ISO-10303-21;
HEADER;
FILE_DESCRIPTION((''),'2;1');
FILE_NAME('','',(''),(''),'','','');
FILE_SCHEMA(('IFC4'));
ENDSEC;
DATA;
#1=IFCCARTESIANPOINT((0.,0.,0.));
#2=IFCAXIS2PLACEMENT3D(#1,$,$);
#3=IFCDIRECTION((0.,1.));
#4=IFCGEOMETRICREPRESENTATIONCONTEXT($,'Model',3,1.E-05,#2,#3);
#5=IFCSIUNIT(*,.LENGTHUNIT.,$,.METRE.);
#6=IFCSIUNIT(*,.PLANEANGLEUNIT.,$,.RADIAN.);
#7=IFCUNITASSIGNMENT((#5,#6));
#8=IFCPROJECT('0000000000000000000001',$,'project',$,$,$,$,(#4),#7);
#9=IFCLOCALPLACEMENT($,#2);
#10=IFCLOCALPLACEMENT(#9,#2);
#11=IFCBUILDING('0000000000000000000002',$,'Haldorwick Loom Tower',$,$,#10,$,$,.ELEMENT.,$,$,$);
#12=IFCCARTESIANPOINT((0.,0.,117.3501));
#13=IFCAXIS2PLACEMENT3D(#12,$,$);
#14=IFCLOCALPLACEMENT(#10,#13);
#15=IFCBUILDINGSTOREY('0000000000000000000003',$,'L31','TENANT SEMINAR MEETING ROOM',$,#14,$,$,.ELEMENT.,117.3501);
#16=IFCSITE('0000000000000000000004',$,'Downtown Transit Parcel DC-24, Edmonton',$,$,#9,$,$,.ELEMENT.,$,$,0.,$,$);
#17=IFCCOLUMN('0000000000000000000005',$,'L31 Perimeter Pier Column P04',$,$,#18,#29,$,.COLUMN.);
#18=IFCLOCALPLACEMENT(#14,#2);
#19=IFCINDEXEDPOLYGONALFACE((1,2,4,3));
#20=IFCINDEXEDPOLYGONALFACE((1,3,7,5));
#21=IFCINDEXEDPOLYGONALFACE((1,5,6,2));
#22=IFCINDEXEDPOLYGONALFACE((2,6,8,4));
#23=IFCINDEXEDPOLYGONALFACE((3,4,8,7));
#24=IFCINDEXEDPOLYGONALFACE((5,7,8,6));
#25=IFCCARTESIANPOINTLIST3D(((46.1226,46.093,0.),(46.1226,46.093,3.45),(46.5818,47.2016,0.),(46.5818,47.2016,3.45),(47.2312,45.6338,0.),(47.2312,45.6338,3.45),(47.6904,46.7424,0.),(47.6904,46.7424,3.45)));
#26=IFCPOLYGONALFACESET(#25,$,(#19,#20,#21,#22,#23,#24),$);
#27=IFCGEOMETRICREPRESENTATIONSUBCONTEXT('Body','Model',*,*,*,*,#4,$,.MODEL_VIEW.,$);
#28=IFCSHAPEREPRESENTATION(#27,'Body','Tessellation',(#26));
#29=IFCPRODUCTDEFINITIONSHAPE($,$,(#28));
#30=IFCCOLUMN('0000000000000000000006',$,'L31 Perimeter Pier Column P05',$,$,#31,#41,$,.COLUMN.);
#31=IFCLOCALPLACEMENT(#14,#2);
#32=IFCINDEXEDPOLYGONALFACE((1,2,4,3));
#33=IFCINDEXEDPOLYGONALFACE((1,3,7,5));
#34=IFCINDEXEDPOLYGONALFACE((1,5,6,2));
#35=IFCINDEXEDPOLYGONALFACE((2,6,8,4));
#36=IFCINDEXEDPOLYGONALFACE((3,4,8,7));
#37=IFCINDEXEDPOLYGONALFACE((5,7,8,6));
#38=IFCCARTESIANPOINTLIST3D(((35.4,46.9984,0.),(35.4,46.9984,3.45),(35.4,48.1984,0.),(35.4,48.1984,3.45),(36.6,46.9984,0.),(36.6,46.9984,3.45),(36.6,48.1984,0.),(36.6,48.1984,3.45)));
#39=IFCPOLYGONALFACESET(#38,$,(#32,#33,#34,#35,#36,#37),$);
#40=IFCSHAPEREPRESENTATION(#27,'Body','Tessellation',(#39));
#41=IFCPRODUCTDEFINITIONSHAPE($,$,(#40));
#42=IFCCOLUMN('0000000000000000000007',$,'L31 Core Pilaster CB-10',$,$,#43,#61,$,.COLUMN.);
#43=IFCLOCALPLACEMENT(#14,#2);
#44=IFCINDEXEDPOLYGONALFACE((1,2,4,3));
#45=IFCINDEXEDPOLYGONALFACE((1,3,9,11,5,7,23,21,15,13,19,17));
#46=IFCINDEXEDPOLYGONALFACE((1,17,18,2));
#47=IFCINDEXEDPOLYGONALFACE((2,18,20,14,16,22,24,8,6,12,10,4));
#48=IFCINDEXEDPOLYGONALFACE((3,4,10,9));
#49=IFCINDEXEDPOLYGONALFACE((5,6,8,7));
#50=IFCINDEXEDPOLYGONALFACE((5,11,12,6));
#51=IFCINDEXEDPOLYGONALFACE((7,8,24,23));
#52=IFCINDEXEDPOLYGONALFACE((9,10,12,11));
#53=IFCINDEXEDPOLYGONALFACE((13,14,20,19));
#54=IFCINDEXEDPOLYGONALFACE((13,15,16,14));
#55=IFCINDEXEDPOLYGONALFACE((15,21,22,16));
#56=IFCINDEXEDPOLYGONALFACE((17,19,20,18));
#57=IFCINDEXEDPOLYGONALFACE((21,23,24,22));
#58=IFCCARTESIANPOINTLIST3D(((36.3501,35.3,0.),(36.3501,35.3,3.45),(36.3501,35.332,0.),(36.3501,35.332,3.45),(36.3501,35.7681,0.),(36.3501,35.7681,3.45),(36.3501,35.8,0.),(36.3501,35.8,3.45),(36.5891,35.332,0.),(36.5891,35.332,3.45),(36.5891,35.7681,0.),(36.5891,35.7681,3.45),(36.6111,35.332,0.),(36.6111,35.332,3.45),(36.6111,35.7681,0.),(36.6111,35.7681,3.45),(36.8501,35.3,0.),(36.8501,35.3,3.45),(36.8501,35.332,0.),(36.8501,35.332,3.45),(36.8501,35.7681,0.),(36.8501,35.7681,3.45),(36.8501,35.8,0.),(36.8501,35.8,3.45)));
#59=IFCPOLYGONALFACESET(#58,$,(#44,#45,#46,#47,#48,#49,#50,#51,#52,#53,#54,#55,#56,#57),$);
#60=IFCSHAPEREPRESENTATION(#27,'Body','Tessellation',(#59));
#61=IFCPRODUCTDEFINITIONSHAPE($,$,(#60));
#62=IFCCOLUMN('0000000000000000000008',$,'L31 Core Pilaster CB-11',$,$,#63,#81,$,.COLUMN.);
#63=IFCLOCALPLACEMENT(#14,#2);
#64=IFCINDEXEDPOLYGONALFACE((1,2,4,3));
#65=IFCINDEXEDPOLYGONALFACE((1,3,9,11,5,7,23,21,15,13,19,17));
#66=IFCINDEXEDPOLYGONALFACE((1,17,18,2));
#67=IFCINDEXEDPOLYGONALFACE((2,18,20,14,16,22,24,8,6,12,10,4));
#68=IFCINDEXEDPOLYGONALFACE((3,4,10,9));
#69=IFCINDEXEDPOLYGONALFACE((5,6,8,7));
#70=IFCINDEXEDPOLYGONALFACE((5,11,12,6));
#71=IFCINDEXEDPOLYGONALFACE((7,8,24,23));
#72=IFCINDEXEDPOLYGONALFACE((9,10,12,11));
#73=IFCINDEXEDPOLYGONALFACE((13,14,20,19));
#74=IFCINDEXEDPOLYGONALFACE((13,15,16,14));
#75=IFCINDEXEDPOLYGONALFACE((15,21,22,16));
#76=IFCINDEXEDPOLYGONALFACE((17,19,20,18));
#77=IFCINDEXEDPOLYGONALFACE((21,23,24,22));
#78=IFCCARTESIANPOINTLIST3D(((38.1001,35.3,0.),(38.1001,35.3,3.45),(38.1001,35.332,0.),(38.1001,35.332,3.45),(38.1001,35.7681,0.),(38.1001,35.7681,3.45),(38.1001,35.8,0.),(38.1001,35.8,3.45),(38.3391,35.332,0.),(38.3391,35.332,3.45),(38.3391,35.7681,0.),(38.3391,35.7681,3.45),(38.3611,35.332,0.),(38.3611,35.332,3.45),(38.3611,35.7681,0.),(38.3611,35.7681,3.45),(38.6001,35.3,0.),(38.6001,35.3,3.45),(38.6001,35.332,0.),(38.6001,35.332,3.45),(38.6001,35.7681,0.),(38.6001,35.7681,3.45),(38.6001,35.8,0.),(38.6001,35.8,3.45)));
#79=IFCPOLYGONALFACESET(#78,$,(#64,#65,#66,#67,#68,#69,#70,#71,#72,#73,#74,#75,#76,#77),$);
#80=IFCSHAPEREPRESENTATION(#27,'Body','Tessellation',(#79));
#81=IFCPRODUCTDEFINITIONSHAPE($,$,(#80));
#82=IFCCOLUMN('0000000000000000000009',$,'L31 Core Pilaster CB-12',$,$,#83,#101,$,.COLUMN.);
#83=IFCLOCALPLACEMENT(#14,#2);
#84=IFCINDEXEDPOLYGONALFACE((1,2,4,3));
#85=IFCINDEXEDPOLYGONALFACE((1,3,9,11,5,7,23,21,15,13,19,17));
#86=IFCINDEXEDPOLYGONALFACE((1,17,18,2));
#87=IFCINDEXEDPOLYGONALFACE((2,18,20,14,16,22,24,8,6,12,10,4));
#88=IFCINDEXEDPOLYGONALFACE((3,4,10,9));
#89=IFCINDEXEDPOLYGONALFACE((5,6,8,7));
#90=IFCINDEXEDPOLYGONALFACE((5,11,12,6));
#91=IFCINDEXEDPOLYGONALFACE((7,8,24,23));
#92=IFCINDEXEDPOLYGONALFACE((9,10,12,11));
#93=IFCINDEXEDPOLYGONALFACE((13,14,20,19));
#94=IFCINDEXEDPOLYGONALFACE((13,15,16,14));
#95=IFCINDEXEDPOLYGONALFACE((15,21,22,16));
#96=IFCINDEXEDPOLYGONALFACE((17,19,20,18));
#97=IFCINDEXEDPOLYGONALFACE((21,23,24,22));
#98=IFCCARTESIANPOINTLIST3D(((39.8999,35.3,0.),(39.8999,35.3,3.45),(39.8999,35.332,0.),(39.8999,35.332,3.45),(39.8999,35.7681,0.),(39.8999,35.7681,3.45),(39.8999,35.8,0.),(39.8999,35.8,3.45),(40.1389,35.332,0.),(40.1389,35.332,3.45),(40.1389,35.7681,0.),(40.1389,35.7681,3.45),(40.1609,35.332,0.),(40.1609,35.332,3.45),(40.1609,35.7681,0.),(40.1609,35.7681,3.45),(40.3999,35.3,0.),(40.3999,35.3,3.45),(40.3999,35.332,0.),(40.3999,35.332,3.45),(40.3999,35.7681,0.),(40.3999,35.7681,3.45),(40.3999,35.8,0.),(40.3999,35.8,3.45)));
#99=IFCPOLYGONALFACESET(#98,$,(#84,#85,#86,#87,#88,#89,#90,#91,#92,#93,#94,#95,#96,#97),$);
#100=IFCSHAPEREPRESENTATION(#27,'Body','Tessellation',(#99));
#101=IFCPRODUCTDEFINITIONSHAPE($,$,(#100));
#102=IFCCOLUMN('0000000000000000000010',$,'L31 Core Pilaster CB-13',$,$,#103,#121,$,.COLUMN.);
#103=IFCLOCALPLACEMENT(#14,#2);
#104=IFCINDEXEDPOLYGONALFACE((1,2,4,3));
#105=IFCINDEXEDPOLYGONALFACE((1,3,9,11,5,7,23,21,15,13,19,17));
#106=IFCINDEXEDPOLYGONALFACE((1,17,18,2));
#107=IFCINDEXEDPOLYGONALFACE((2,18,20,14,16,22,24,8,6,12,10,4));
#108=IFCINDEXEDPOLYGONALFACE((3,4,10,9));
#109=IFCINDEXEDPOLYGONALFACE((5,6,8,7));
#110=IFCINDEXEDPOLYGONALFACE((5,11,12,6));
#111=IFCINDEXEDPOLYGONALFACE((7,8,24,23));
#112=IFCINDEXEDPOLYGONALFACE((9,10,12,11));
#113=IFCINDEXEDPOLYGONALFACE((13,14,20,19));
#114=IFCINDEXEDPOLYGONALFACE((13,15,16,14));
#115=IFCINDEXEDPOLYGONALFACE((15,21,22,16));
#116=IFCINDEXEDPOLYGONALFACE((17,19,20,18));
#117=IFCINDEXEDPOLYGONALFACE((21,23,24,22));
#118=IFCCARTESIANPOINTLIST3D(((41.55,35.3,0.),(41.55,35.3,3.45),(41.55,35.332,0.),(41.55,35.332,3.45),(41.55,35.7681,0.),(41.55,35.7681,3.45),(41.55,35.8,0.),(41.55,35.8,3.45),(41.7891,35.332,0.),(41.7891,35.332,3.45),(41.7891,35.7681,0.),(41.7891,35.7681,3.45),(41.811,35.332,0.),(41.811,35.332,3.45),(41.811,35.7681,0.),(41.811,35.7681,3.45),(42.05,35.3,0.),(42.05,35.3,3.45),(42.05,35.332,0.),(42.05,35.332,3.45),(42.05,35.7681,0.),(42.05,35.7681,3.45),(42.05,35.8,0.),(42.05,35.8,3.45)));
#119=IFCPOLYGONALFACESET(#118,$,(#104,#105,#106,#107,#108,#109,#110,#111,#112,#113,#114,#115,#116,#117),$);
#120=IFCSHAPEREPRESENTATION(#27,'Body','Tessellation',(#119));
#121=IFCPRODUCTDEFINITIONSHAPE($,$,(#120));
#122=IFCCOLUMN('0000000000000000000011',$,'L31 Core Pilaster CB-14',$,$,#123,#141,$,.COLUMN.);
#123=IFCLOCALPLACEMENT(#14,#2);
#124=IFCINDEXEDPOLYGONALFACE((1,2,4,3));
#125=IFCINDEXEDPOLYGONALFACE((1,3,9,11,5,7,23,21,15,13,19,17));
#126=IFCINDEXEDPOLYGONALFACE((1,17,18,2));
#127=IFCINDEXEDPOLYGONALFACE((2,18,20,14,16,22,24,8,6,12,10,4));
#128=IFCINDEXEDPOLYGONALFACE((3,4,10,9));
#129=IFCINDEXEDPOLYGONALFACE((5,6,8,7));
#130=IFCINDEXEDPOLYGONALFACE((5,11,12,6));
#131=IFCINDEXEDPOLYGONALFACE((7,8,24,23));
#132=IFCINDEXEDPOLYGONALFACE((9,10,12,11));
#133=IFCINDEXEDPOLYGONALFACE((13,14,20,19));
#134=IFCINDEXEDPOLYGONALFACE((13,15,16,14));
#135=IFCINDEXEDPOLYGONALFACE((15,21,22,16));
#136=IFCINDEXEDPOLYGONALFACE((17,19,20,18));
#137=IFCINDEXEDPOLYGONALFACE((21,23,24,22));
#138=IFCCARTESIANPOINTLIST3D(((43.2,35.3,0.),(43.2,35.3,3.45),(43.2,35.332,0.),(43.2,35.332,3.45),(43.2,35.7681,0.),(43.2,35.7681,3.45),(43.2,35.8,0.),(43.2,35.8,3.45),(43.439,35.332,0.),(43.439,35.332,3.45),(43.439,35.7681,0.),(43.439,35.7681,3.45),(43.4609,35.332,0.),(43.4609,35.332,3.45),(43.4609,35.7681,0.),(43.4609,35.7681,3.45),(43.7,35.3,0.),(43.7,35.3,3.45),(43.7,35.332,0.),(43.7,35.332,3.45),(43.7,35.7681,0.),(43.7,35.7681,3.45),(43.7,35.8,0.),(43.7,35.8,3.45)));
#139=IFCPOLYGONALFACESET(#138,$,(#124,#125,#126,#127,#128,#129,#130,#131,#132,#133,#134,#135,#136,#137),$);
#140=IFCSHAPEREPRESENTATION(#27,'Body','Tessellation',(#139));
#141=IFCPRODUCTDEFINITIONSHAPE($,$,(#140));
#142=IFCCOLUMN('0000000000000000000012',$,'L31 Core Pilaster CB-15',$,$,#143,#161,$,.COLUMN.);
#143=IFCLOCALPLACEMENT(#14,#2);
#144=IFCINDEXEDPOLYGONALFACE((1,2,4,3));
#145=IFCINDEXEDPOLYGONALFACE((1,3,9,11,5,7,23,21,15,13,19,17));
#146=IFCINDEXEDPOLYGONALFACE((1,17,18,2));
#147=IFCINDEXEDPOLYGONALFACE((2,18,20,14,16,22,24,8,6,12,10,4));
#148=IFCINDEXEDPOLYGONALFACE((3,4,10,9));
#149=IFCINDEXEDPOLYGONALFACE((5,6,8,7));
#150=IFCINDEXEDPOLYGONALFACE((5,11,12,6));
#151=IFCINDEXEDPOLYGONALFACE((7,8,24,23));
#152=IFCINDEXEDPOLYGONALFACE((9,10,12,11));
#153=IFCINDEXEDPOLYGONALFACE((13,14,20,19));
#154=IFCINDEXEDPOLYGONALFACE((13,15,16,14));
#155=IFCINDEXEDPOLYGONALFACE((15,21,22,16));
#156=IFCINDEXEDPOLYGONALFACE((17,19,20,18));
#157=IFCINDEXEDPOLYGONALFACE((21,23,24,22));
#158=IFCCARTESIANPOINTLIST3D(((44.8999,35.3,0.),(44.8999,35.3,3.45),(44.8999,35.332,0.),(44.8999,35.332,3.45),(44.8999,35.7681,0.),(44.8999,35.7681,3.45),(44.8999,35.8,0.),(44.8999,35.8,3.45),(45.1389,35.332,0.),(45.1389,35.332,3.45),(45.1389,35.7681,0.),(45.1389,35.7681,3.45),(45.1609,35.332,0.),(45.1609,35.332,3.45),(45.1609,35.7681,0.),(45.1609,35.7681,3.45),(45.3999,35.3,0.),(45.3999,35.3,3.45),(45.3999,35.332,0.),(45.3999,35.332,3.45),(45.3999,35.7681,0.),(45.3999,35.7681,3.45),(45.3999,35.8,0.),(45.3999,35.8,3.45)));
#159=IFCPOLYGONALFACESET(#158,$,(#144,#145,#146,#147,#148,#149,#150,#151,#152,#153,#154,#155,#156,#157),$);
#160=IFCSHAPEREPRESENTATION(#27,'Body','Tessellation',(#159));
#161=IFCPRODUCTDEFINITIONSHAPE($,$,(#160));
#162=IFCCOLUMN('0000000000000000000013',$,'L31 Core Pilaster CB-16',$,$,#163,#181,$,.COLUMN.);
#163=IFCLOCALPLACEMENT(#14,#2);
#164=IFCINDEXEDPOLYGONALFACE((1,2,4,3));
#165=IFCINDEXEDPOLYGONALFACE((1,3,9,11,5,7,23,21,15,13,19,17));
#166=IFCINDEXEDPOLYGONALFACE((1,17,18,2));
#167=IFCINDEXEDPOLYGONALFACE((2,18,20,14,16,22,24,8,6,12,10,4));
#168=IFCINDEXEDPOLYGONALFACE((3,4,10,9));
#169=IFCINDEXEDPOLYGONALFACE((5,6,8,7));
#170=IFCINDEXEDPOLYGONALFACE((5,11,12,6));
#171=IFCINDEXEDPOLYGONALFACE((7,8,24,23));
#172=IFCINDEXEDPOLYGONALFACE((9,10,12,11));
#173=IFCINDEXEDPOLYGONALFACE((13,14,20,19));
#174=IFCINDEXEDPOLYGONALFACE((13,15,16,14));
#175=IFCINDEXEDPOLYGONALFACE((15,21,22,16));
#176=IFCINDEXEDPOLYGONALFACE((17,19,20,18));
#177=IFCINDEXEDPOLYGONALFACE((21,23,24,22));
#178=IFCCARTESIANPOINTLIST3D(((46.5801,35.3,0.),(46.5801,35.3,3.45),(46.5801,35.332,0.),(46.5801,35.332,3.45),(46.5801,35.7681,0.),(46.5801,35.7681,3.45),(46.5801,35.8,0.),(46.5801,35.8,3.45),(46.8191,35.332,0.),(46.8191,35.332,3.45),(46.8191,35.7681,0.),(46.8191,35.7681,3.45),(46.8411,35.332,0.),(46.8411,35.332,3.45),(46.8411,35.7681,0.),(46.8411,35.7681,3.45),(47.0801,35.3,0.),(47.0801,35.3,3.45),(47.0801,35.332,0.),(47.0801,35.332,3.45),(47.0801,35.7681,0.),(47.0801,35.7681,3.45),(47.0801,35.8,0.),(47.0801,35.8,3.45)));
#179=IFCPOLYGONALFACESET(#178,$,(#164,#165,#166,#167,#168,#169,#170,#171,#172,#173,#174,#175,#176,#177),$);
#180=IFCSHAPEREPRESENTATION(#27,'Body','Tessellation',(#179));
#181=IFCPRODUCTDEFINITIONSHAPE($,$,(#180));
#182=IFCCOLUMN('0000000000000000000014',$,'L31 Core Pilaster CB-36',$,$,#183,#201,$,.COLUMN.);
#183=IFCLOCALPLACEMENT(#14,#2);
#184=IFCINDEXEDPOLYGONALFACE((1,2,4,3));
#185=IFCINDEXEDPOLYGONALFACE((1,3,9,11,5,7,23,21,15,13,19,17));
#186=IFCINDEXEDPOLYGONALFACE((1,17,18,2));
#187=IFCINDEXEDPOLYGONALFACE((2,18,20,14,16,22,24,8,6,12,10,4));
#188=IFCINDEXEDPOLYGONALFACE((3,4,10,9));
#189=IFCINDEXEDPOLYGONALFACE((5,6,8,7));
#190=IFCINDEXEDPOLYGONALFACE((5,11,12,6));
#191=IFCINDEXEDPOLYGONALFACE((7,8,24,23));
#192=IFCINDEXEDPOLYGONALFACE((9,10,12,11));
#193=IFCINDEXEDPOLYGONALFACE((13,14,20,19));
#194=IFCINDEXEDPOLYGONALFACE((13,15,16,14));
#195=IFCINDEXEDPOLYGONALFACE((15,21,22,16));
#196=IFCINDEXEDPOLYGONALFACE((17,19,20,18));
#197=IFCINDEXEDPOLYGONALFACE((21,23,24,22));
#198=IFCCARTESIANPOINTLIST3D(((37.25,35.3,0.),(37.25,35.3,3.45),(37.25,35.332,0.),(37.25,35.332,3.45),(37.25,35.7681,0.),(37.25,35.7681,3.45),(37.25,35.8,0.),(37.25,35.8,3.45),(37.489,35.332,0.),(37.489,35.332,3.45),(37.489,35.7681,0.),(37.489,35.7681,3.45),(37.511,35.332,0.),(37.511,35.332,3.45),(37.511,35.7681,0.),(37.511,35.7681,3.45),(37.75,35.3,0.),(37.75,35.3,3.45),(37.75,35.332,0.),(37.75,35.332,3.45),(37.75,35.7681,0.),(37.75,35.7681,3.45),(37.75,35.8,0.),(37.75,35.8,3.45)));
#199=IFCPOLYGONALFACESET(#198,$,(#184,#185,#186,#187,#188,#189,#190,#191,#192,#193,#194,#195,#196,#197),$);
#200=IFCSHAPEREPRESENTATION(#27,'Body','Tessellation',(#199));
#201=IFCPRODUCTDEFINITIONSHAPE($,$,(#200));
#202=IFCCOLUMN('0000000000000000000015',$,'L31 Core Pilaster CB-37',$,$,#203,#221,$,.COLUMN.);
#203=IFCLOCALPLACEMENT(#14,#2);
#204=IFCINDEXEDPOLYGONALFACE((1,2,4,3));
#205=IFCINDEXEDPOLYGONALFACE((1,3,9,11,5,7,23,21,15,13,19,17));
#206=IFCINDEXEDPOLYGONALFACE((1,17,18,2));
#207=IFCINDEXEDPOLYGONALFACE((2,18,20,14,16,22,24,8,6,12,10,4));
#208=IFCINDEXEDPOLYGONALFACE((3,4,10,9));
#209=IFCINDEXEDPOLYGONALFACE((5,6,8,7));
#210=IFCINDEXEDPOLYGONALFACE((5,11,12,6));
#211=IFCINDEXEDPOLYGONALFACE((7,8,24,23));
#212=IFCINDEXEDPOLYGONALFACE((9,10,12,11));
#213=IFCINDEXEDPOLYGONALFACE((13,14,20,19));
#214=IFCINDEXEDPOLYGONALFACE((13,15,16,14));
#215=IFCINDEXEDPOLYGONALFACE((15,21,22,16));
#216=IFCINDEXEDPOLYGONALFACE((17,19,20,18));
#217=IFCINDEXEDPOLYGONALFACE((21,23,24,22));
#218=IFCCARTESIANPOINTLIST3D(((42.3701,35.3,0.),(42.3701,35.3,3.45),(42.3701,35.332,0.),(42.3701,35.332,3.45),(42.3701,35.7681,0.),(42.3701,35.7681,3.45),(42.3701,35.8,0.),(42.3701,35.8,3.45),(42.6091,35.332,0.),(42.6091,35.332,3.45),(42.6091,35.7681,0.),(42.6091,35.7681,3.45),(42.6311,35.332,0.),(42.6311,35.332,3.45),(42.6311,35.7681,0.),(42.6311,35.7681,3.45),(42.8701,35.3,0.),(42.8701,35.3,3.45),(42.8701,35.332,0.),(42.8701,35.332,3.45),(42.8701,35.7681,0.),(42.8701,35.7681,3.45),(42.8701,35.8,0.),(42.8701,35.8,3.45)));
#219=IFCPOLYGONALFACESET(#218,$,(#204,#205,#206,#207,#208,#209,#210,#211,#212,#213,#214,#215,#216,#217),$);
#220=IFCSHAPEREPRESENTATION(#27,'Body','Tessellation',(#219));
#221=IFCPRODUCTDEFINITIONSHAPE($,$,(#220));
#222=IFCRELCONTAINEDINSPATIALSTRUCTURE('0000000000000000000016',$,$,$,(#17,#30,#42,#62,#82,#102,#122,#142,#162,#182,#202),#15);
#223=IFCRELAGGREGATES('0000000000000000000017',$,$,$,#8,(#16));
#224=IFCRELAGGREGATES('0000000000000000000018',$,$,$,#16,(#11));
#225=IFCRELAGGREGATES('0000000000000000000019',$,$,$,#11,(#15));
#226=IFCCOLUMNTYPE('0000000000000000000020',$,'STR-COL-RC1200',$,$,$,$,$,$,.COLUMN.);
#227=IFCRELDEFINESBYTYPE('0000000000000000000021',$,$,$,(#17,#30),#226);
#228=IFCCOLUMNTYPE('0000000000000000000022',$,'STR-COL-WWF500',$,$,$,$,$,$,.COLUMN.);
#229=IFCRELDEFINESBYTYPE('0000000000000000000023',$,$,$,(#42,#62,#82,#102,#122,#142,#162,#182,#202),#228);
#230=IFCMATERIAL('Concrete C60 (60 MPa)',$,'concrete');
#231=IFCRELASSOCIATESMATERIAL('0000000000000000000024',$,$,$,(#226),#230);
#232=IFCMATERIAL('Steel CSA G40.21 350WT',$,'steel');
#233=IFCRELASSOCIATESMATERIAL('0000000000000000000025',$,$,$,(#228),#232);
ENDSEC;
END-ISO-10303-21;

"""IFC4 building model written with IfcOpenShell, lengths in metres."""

from ifc_helpers import new_model, si_unit, direction, frame, origin, origin_2d, place, context, subcontext, project, spatial, rectangle, i_section, extrude, material, material_profile, profile_set, type_object, element, save


model = new_model("IFC4")

# Units and contexts
model_context = context("Model", 3, precision=1e-05, world=origin(), true_north=direction((0.0, 1.0)))
body_context = subcontext(model_context, "Body", "Model", "MODEL_VIEW")
ifc_project = project(units=[si_unit("LENGTHUNIT", "METRE"), si_unit("PLANEANGLEUNIT", "RADIAN")], contexts=[model_context])

# Site, building, storey
site_placement = place(None, origin())
site = spatial("IfcSite", under=ifc_project, at=site_placement, Name="Downtown Transit Parcel DC-24, Edmonton", CompositionType="ELEMENT", RefElevation=0.0)
building_placement = place(site_placement, origin())
building = spatial("IfcBuilding", under=site, at=building_placement, Name="Haldorwick Loom Tower", CompositionType="ELEMENT")
storey_placement = place(building_placement, frame((0.0, 0.0, 117.3501)))
storey = spatial("IfcBuildingStorey", under=building, at=storey_placement, Name="L31", Description="TENANT SEMINAR MEETING ROOM", CompositionType="ELEMENT", Elevation=117.3501)

# Columns
ifc_material_1 = material(Name="Concrete C60 (60 MPa)", Category="concrete")
ifc_material_profile_1 = material_profile(ifc_material_1, rectangle(XDim=1.2, YDim=1.2, at=origin_2d()), Name="RC1200X1200", Category="concrete")
ifc_profile_set_1 = profile_set([ifc_material_profile_1], Name="Concrete C60 (60 MPa)")
column_type_1 = type_object("IfcColumnType", Name="STR-COL-RC1200", PredefinedType="COLUMN", material=ifc_profile_set_1)
for number, where, z_axis, x_axis, name in (
    (1, (46.9065, 46.4177, 0.0), (0.0, 0.0, 1.0), (0.382683, 0.92388, 0.0), "L31 Perimeter Pier Column P04"),
    (2, (36.0, 47.5984, 0.0), (0.0, 0.0, 1.0), (0.0, 1.0, 0.0), "L31 Perimeter Pier Column P05"),
):
    element("IfcColumn", number, at=place(storey_placement, frame(where, z_axis=z_axis, x_axis=x_axis)), inside=storey, type_object=column_type_1, Name=name, PredefinedType="COLUMN", context=body_context, shape_type="SweptSolid", body=[
        extrude(rectangle(XDim=1.2, YDim=1.2, at=origin_2d()), origin(), (0.0, 0.0, 1.0), 3.45),
    ])
ifc_material_2 = material(Name="Steel CSA G40.21 350WT", Category="steel")
ifc_material_profile_2 = material_profile(ifc_material_2, i_section(OverallWidth=0.5, OverallDepth=0.5, WebThickness=0.022, FlangeThickness=0.032, at=origin_2d()), Name="WWF500X500", Category="steel")
ifc_profile_set_2 = profile_set([ifc_material_profile_2], Name="Steel CSA G40.21 350WT")
column_type_2 = type_object("IfcColumnType", Name="STR-COL-WWF500", PredefinedType="COLUMN", material=ifc_profile_set_2)
for number, where, z_axis, x_axis, name in (
    (3, (36.6001, 35.55, 0.0), (0.0, 0.0, 1.0), (1.0, 0.0, 0.0), "L31 Core Pilaster CB-10"),
    (4, (38.3501, 35.55, 0.0), (0.0, 0.0, 1.0), (1.0, 0.0, 0.0), "L31 Core Pilaster CB-11"),
    (5, (40.1499, 35.55, 0.0), (0.0, 0.0, 1.0), (1.0, 0.0, 0.0), "L31 Core Pilaster CB-12"),
    (6, (41.8, 35.55, 0.0), (0.0, 0.0, 1.0), (1.0, 0.0, 0.0), "L31 Core Pilaster CB-13"),
    (7, (43.45, 35.55, 0.0), (0.0, 0.0, 1.0), (1.0, 0.0, 0.0), "L31 Core Pilaster CB-14"),
    (8, (45.1499, 35.55, 0.0), (0.0, 0.0, 1.0), (1.0, 0.0, 0.0), "L31 Core Pilaster CB-15"),
    (9, (46.8301, 35.55, 0.0), (0.0, 0.0, 1.0), (1.0, 0.0, 0.0), "L31 Core Pilaster CB-16"),
    (10, (37.5, 35.55, 0.0), (0.0, 0.0, 1.0), (1.0, 0.0, 0.0), "L31 Core Pilaster CB-36"),
    (11, (42.6201, 35.55, 0.0), (0.0, 0.0, 1.0), (1.0, 0.0, 0.0), "L31 Core Pilaster CB-37"),
):
    element("IfcColumn", number, at=place(storey_placement, frame(where, z_axis=z_axis, x_axis=x_axis)), inside=storey, type_object=column_type_2, Name=name, PredefinedType="COLUMN", context=body_context, shape_type="SweptSolid", body=[
        extrude(i_section(OverallWidth=0.5, OverallDepth=0.5, WebThickness=0.022, FlangeThickness=0.032, at=origin_2d()), origin(), (0.0, 0.0, 1.0), 3.45),
    ])

save(model, "model.ifc")
